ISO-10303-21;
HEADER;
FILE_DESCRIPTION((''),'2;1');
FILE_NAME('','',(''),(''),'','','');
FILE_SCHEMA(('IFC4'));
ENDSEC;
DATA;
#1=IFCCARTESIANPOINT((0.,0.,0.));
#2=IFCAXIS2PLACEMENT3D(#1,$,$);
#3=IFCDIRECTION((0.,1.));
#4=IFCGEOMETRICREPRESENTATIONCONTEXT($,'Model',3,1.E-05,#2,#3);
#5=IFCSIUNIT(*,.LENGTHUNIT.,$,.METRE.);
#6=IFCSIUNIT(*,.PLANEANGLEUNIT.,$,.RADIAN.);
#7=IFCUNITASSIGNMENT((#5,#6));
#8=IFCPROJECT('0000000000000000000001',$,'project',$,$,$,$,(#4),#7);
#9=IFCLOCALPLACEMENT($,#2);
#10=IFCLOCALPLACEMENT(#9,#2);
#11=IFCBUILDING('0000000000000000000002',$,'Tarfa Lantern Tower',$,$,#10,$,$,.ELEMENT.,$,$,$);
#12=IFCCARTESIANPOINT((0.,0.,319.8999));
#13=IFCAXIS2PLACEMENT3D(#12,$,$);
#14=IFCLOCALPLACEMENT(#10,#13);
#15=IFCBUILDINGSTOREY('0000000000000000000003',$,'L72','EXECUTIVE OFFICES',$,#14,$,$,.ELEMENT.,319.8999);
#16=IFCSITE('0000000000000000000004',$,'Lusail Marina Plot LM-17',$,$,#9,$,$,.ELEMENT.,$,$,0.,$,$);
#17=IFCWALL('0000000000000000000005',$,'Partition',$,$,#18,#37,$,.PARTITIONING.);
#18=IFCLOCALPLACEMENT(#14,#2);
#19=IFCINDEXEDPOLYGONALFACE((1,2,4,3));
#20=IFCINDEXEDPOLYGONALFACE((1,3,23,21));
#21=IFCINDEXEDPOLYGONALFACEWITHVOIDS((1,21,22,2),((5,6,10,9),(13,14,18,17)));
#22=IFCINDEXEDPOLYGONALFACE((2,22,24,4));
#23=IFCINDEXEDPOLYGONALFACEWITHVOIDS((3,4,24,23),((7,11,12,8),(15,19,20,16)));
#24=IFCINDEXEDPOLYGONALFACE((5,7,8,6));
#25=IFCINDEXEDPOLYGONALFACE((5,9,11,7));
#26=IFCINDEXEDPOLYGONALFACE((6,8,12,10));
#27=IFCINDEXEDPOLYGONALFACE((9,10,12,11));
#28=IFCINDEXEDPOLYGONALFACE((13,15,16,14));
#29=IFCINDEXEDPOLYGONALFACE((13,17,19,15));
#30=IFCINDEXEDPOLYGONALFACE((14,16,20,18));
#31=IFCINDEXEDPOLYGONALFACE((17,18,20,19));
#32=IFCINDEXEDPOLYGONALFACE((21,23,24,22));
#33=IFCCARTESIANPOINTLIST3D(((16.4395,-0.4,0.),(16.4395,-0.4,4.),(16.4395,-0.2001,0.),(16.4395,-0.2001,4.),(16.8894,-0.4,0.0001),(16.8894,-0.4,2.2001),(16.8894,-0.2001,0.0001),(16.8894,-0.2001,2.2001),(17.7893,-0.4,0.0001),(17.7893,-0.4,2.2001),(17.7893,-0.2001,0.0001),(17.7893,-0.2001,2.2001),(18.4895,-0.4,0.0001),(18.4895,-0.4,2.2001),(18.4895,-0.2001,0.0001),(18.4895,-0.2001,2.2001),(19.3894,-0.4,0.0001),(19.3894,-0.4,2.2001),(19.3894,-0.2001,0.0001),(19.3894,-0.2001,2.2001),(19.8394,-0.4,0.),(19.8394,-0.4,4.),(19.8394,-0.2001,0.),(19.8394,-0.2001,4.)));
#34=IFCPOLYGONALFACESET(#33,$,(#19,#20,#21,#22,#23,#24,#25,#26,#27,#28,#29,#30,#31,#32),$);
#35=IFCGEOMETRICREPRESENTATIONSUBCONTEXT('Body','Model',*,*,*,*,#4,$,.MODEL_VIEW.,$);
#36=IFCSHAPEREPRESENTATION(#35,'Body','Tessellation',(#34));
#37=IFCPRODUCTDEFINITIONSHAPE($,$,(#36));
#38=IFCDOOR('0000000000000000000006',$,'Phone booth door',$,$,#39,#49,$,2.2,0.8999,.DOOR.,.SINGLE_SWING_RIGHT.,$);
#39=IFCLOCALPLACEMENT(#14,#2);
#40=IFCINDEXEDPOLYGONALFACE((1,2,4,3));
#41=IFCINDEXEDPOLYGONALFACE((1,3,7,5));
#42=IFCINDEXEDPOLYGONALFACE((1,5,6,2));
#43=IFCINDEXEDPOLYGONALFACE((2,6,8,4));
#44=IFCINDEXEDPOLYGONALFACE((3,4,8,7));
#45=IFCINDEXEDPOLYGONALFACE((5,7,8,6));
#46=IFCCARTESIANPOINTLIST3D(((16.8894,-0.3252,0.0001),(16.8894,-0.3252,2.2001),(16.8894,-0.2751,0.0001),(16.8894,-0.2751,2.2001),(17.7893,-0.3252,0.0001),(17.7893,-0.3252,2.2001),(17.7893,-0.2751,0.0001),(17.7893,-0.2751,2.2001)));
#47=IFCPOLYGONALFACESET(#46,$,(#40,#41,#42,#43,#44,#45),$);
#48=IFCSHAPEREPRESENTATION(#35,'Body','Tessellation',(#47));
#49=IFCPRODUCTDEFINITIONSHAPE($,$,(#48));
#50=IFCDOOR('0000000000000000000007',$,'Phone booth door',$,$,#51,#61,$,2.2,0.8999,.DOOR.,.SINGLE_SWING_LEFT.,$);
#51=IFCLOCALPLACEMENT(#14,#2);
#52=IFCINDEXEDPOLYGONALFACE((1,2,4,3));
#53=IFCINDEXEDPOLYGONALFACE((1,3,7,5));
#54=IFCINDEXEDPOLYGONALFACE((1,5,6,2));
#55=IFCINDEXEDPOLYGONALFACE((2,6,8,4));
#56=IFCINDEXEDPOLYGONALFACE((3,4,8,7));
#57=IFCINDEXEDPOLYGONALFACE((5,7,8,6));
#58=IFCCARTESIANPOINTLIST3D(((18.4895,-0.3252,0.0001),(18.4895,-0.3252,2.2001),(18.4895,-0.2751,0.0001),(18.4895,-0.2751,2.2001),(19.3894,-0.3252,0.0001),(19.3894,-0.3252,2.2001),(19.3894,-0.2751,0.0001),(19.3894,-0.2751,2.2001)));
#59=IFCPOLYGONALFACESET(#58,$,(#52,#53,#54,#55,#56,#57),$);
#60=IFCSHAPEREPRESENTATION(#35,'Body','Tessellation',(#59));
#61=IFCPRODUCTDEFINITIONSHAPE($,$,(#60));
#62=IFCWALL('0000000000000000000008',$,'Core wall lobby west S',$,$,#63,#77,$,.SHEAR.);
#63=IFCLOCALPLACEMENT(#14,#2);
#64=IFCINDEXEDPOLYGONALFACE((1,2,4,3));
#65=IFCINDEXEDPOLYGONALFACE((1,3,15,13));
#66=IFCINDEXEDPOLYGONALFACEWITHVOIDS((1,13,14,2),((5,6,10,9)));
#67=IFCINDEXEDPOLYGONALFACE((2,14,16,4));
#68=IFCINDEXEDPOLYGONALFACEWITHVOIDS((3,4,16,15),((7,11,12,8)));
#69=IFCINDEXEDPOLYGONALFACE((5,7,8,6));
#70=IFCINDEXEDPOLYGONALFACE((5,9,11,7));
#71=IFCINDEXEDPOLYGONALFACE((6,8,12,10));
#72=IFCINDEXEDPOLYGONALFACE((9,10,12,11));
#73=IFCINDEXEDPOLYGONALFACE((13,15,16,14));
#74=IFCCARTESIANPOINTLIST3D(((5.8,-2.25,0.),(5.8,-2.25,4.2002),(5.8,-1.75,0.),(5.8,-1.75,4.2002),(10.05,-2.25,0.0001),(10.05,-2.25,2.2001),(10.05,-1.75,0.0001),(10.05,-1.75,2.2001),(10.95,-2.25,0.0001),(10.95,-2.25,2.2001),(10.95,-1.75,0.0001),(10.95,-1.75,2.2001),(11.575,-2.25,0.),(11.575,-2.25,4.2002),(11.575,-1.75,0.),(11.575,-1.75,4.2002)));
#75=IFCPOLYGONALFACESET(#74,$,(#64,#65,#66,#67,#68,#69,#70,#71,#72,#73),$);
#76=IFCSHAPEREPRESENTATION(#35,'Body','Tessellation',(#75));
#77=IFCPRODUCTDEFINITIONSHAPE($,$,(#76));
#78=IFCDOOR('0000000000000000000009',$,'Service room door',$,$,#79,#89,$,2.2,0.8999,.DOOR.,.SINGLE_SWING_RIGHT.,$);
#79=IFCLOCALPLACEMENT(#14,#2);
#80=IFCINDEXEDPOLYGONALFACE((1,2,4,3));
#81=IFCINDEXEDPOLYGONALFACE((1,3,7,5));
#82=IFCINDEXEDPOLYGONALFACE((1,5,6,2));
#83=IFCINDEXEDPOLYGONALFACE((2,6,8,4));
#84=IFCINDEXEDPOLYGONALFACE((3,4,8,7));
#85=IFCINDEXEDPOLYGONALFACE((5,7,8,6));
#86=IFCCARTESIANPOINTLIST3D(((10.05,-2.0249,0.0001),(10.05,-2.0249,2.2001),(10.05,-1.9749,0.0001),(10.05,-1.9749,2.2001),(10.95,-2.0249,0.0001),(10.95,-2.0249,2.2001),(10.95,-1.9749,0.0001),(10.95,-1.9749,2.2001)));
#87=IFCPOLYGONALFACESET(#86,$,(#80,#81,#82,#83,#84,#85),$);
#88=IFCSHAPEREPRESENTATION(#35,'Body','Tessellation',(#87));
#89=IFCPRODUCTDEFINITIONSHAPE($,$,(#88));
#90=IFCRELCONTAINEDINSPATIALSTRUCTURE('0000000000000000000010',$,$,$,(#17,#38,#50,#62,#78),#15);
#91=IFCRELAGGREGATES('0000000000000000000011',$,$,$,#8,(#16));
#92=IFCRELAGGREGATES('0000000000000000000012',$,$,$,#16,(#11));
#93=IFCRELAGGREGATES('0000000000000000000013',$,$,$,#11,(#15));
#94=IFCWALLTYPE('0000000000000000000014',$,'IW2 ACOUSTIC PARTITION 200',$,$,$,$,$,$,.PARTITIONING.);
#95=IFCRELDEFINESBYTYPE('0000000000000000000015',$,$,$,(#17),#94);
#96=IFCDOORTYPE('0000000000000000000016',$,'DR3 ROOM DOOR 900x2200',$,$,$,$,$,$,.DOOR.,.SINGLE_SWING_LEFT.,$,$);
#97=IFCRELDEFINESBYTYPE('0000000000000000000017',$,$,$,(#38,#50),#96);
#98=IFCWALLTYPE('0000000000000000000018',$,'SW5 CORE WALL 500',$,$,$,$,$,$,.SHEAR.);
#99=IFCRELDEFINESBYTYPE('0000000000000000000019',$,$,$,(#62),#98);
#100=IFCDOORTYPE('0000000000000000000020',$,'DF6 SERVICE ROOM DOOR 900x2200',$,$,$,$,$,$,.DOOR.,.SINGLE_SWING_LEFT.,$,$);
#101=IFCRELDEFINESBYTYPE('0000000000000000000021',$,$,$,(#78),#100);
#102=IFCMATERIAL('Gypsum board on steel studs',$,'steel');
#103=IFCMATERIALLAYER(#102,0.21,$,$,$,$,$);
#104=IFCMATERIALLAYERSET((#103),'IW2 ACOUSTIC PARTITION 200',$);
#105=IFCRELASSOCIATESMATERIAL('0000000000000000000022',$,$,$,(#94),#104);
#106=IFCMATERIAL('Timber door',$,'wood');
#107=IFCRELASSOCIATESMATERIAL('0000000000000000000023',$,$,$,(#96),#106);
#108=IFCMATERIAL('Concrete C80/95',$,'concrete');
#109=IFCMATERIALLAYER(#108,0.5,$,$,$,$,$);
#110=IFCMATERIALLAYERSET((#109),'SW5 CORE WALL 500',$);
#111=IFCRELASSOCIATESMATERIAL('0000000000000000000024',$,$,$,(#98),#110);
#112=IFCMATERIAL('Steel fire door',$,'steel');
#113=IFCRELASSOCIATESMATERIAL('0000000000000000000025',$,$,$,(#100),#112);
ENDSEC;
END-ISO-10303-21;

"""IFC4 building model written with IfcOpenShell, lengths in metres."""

from ifc_helpers import new_model, si_unit, direction, frame, frame_2d, origin, place, context, subcontext, project, spatial, rectangle, extrude, material, layer, layer_set, type_object, element, fill, save


model = new_model("IFC4")

# Units and contexts
model_context = context("Model", 3, precision=1e-05, world=origin(), true_north=direction((0.0, 1.0)))
body_context = subcontext(model_context, "Body", "Model", "MODEL_VIEW")
ifc_project = project(units=[si_unit("LENGTHUNIT", "METRE"), si_unit("PLANEANGLEUNIT", "RADIAN")], contexts=[model_context])

# Site, building, storey
site_placement = place(None, origin())
site = spatial("IfcSite", under=ifc_project, at=site_placement, Name="Lusail Marina Plot LM-17", CompositionType="ELEMENT", RefElevation=0.0)
building_placement = place(site_placement, origin())
building = spatial("IfcBuilding", under=site, at=building_placement, Name="Tarfa Lantern Tower", CompositionType="ELEMENT")
storey_placement = place(building_placement, frame((0.0, 0.0, 319.8999)))
storey = spatial("IfcBuildingStorey", under=building, at=storey_placement, Name="L72", Description="EXECUTIVE OFFICES", CompositionType="ELEMENT", Elevation=319.8999)

# Shared definitions
ifc_material_1 = material(Name="Gypsum board on steel studs", Category="steel")
ifc_layer_1 = layer(ifc_material_1, 0.21)
ifc_layer_set_1 = layer_set([ifc_layer_1], Name="IW2 ACOUSTIC PARTITION 200")
wall_type_1 = type_object("IfcWallType", Name="IW2 ACOUSTIC PARTITION 200", PredefinedType="PARTITIONING", material=ifc_layer_set_1)
ifc_material_2 = material(Name="Timber door", Category="wood")

# Wall, openings, doors
wall_1_placement = place(storey_placement, frame((16.4395, -0.3, 0.0), z_axis=(0.0, 0.0, 1.0), x_axis=(1.0, 0.0, 0.0)))
wall_1 = element("IfcWall", 1, at=wall_1_placement, inside=storey, type_object=wall_type_1, Name="Partition", PredefinedType="PARTITIONING", context=body_context, shape_type="SweptSolid", body=[
    extrude(rectangle(XDim=3.3999, YDim=0.2, at=frame_2d((1.7, 0.0))), origin(), (0.0, 0.0, 1.0), 4.0),
])
opening_1_placement = place(wall_1_placement, frame((0.45, 0.0, 0.0)))
opening_1 = element("IfcOpeningElement", 2, at=opening_1_placement, cuts=wall_1, PredefinedType="OPENING", context=body_context, shape_type="SweptSolid", body=[
    extrude(rectangle(XDim=0.8999, YDim=2.2, at=frame_2d((0.45, 1.1001))), frame((0.0, 0.1099, 0.0), z_axis=(0.0, -1.0, 0.0), x_axis=(1.0, 0.0, 0.0)), (0.0, 0.0, 1.0), 0.22),
])
opening_2_placement = place(wall_1_placement, frame((2.05, 0.0, 0.0)))
opening_2 = element("IfcOpeningElement", 3, at=opening_2_placement, cuts=wall_1, PredefinedType="OPENING", context=body_context, shape_type="SweptSolid", body=[
    extrude(rectangle(XDim=0.8999, YDim=2.2, at=frame_2d((0.45, 1.1001))), frame((0.0, 0.1099, 0.0), z_axis=(0.0, -1.0, 0.0), x_axis=(1.0, 0.0, 0.0)), (0.0, 0.0, 1.0), 0.22),
])
door_type_1 = type_object("IfcDoorType", Name="DR3 ROOM DOOR 900x2200", OperationType="SINGLE_SWING_LEFT", PredefinedType="DOOR", material=ifc_material_2)
door_1_placement = place(opening_1_placement, origin())
door_1 = element("IfcDoor", 4, at=door_1_placement, inside=storey, type_object=door_type_1, Name="Phone booth door", OperationType="SINGLE_SWING_RIGHT", OverallHeight=2.2, OverallWidth=0.8999, PredefinedType="DOOR", context=body_context, shape_type="SweptSolid", body=[
    extrude(rectangle(XDim=0.8999, YDim=2.2, at=frame_2d((0.45, 1.1001))), frame((0.0, 0.0249, 0.0), z_axis=(0.0, -1.0, 0.0), x_axis=(1.0, 0.0, 0.0)), (0.0, 0.0, 1.0), 0.05),
])
fill(opening_1, door_1)
door_2_placement = place(opening_2_placement, origin())
door_2 = element("IfcDoor", 5, at=door_2_placement, inside=storey, type_object=door_type_1, Name="Phone booth door", OperationType="SINGLE_SWING_LEFT", OverallHeight=2.2, OverallWidth=0.8999, PredefinedType="DOOR", context=body_context, shape_type="SweptSolid", body=[
    extrude(rectangle(XDim=0.8999, YDim=2.2, at=frame_2d((0.45, 1.1001))), frame((0.0, 0.0249, 0.0), z_axis=(0.0, -1.0, 0.0), x_axis=(1.0, 0.0, 0.0)), (0.0, 0.0, 1.0), 0.05),
])
fill(opening_2, door_2)

# Wall, opening, door
ifc_material_3 = material(Name="Concrete C80/95", Category="concrete")
ifc_material_4 = material(Name="Steel fire door", Category="steel")
ifc_layer_2 = layer(ifc_material_3, 0.5)
ifc_layer_set_2 = layer_set([ifc_layer_2], Name="SW5 CORE WALL 500")
wall_type_2 = type_object("IfcWallType", Name="SW5 CORE WALL 500", PredefinedType="SHEAR", material=ifc_layer_set_2)
wall_2_placement = place(storey_placement, frame((11.575, -2.0, 0.0), z_axis=(0.0, 0.0, 1.0), x_axis=(-1.0, 0.0, 0.0)))
wall_2 = element("IfcWall", 6, at=wall_2_placement, inside=storey, type_object=wall_type_2, Name="Core wall lobby west S", PredefinedType="SHEAR", context=body_context, shape_type="SweptSolid", body=[
    extrude(rectangle(XDim=5.7749, YDim=0.5, at=frame_2d((2.8875, 0.0))), origin(), (0.0, 0.0, 1.0), 4.2002),
])
opening_3_placement = place(wall_2_placement, frame((0.625, 0.0, 0.0)))
opening_3 = element("IfcOpeningElement", 7, at=opening_3_placement, cuts=wall_2, PredefinedType="OPENING", context=body_context, shape_type="SweptSolid", body=[
    extrude(rectangle(XDim=0.8999, YDim=2.2, at=frame_2d((0.45, 1.1001))), frame((0.0, 0.26, 0.0), z_axis=(0.0, -1.0, 0.0), x_axis=(1.0, 0.0, 0.0)), (0.0, 0.0, 1.0), 0.52),
])
door_type_2 = type_object("IfcDoorType", Name="DF6 SERVICE ROOM DOOR 900x2200", OperationType="SINGLE_SWING_LEFT", PredefinedType="DOOR", material=ifc_material_4)
door_3_placement = place(opening_3_placement, origin())
door_3 = element("IfcDoor", 8, at=door_3_placement, inside=storey, type_object=door_type_2, Name="Service room door", OperationType="SINGLE_SWING_RIGHT", OverallHeight=2.2, OverallWidth=0.8999, PredefinedType="DOOR", context=body_context, shape_type="SweptSolid", body=[
    extrude(rectangle(XDim=0.8999, YDim=2.2, at=frame_2d((0.45, 1.1001))), frame((0.0, 0.0249, 0.0), z_axis=(0.0, -1.0, 0.0), x_axis=(1.0, 0.0, 0.0)), (0.0, 0.0, 1.0), 0.05),
])
fill(opening_3, door_3)

save(model, "model.ifc")
